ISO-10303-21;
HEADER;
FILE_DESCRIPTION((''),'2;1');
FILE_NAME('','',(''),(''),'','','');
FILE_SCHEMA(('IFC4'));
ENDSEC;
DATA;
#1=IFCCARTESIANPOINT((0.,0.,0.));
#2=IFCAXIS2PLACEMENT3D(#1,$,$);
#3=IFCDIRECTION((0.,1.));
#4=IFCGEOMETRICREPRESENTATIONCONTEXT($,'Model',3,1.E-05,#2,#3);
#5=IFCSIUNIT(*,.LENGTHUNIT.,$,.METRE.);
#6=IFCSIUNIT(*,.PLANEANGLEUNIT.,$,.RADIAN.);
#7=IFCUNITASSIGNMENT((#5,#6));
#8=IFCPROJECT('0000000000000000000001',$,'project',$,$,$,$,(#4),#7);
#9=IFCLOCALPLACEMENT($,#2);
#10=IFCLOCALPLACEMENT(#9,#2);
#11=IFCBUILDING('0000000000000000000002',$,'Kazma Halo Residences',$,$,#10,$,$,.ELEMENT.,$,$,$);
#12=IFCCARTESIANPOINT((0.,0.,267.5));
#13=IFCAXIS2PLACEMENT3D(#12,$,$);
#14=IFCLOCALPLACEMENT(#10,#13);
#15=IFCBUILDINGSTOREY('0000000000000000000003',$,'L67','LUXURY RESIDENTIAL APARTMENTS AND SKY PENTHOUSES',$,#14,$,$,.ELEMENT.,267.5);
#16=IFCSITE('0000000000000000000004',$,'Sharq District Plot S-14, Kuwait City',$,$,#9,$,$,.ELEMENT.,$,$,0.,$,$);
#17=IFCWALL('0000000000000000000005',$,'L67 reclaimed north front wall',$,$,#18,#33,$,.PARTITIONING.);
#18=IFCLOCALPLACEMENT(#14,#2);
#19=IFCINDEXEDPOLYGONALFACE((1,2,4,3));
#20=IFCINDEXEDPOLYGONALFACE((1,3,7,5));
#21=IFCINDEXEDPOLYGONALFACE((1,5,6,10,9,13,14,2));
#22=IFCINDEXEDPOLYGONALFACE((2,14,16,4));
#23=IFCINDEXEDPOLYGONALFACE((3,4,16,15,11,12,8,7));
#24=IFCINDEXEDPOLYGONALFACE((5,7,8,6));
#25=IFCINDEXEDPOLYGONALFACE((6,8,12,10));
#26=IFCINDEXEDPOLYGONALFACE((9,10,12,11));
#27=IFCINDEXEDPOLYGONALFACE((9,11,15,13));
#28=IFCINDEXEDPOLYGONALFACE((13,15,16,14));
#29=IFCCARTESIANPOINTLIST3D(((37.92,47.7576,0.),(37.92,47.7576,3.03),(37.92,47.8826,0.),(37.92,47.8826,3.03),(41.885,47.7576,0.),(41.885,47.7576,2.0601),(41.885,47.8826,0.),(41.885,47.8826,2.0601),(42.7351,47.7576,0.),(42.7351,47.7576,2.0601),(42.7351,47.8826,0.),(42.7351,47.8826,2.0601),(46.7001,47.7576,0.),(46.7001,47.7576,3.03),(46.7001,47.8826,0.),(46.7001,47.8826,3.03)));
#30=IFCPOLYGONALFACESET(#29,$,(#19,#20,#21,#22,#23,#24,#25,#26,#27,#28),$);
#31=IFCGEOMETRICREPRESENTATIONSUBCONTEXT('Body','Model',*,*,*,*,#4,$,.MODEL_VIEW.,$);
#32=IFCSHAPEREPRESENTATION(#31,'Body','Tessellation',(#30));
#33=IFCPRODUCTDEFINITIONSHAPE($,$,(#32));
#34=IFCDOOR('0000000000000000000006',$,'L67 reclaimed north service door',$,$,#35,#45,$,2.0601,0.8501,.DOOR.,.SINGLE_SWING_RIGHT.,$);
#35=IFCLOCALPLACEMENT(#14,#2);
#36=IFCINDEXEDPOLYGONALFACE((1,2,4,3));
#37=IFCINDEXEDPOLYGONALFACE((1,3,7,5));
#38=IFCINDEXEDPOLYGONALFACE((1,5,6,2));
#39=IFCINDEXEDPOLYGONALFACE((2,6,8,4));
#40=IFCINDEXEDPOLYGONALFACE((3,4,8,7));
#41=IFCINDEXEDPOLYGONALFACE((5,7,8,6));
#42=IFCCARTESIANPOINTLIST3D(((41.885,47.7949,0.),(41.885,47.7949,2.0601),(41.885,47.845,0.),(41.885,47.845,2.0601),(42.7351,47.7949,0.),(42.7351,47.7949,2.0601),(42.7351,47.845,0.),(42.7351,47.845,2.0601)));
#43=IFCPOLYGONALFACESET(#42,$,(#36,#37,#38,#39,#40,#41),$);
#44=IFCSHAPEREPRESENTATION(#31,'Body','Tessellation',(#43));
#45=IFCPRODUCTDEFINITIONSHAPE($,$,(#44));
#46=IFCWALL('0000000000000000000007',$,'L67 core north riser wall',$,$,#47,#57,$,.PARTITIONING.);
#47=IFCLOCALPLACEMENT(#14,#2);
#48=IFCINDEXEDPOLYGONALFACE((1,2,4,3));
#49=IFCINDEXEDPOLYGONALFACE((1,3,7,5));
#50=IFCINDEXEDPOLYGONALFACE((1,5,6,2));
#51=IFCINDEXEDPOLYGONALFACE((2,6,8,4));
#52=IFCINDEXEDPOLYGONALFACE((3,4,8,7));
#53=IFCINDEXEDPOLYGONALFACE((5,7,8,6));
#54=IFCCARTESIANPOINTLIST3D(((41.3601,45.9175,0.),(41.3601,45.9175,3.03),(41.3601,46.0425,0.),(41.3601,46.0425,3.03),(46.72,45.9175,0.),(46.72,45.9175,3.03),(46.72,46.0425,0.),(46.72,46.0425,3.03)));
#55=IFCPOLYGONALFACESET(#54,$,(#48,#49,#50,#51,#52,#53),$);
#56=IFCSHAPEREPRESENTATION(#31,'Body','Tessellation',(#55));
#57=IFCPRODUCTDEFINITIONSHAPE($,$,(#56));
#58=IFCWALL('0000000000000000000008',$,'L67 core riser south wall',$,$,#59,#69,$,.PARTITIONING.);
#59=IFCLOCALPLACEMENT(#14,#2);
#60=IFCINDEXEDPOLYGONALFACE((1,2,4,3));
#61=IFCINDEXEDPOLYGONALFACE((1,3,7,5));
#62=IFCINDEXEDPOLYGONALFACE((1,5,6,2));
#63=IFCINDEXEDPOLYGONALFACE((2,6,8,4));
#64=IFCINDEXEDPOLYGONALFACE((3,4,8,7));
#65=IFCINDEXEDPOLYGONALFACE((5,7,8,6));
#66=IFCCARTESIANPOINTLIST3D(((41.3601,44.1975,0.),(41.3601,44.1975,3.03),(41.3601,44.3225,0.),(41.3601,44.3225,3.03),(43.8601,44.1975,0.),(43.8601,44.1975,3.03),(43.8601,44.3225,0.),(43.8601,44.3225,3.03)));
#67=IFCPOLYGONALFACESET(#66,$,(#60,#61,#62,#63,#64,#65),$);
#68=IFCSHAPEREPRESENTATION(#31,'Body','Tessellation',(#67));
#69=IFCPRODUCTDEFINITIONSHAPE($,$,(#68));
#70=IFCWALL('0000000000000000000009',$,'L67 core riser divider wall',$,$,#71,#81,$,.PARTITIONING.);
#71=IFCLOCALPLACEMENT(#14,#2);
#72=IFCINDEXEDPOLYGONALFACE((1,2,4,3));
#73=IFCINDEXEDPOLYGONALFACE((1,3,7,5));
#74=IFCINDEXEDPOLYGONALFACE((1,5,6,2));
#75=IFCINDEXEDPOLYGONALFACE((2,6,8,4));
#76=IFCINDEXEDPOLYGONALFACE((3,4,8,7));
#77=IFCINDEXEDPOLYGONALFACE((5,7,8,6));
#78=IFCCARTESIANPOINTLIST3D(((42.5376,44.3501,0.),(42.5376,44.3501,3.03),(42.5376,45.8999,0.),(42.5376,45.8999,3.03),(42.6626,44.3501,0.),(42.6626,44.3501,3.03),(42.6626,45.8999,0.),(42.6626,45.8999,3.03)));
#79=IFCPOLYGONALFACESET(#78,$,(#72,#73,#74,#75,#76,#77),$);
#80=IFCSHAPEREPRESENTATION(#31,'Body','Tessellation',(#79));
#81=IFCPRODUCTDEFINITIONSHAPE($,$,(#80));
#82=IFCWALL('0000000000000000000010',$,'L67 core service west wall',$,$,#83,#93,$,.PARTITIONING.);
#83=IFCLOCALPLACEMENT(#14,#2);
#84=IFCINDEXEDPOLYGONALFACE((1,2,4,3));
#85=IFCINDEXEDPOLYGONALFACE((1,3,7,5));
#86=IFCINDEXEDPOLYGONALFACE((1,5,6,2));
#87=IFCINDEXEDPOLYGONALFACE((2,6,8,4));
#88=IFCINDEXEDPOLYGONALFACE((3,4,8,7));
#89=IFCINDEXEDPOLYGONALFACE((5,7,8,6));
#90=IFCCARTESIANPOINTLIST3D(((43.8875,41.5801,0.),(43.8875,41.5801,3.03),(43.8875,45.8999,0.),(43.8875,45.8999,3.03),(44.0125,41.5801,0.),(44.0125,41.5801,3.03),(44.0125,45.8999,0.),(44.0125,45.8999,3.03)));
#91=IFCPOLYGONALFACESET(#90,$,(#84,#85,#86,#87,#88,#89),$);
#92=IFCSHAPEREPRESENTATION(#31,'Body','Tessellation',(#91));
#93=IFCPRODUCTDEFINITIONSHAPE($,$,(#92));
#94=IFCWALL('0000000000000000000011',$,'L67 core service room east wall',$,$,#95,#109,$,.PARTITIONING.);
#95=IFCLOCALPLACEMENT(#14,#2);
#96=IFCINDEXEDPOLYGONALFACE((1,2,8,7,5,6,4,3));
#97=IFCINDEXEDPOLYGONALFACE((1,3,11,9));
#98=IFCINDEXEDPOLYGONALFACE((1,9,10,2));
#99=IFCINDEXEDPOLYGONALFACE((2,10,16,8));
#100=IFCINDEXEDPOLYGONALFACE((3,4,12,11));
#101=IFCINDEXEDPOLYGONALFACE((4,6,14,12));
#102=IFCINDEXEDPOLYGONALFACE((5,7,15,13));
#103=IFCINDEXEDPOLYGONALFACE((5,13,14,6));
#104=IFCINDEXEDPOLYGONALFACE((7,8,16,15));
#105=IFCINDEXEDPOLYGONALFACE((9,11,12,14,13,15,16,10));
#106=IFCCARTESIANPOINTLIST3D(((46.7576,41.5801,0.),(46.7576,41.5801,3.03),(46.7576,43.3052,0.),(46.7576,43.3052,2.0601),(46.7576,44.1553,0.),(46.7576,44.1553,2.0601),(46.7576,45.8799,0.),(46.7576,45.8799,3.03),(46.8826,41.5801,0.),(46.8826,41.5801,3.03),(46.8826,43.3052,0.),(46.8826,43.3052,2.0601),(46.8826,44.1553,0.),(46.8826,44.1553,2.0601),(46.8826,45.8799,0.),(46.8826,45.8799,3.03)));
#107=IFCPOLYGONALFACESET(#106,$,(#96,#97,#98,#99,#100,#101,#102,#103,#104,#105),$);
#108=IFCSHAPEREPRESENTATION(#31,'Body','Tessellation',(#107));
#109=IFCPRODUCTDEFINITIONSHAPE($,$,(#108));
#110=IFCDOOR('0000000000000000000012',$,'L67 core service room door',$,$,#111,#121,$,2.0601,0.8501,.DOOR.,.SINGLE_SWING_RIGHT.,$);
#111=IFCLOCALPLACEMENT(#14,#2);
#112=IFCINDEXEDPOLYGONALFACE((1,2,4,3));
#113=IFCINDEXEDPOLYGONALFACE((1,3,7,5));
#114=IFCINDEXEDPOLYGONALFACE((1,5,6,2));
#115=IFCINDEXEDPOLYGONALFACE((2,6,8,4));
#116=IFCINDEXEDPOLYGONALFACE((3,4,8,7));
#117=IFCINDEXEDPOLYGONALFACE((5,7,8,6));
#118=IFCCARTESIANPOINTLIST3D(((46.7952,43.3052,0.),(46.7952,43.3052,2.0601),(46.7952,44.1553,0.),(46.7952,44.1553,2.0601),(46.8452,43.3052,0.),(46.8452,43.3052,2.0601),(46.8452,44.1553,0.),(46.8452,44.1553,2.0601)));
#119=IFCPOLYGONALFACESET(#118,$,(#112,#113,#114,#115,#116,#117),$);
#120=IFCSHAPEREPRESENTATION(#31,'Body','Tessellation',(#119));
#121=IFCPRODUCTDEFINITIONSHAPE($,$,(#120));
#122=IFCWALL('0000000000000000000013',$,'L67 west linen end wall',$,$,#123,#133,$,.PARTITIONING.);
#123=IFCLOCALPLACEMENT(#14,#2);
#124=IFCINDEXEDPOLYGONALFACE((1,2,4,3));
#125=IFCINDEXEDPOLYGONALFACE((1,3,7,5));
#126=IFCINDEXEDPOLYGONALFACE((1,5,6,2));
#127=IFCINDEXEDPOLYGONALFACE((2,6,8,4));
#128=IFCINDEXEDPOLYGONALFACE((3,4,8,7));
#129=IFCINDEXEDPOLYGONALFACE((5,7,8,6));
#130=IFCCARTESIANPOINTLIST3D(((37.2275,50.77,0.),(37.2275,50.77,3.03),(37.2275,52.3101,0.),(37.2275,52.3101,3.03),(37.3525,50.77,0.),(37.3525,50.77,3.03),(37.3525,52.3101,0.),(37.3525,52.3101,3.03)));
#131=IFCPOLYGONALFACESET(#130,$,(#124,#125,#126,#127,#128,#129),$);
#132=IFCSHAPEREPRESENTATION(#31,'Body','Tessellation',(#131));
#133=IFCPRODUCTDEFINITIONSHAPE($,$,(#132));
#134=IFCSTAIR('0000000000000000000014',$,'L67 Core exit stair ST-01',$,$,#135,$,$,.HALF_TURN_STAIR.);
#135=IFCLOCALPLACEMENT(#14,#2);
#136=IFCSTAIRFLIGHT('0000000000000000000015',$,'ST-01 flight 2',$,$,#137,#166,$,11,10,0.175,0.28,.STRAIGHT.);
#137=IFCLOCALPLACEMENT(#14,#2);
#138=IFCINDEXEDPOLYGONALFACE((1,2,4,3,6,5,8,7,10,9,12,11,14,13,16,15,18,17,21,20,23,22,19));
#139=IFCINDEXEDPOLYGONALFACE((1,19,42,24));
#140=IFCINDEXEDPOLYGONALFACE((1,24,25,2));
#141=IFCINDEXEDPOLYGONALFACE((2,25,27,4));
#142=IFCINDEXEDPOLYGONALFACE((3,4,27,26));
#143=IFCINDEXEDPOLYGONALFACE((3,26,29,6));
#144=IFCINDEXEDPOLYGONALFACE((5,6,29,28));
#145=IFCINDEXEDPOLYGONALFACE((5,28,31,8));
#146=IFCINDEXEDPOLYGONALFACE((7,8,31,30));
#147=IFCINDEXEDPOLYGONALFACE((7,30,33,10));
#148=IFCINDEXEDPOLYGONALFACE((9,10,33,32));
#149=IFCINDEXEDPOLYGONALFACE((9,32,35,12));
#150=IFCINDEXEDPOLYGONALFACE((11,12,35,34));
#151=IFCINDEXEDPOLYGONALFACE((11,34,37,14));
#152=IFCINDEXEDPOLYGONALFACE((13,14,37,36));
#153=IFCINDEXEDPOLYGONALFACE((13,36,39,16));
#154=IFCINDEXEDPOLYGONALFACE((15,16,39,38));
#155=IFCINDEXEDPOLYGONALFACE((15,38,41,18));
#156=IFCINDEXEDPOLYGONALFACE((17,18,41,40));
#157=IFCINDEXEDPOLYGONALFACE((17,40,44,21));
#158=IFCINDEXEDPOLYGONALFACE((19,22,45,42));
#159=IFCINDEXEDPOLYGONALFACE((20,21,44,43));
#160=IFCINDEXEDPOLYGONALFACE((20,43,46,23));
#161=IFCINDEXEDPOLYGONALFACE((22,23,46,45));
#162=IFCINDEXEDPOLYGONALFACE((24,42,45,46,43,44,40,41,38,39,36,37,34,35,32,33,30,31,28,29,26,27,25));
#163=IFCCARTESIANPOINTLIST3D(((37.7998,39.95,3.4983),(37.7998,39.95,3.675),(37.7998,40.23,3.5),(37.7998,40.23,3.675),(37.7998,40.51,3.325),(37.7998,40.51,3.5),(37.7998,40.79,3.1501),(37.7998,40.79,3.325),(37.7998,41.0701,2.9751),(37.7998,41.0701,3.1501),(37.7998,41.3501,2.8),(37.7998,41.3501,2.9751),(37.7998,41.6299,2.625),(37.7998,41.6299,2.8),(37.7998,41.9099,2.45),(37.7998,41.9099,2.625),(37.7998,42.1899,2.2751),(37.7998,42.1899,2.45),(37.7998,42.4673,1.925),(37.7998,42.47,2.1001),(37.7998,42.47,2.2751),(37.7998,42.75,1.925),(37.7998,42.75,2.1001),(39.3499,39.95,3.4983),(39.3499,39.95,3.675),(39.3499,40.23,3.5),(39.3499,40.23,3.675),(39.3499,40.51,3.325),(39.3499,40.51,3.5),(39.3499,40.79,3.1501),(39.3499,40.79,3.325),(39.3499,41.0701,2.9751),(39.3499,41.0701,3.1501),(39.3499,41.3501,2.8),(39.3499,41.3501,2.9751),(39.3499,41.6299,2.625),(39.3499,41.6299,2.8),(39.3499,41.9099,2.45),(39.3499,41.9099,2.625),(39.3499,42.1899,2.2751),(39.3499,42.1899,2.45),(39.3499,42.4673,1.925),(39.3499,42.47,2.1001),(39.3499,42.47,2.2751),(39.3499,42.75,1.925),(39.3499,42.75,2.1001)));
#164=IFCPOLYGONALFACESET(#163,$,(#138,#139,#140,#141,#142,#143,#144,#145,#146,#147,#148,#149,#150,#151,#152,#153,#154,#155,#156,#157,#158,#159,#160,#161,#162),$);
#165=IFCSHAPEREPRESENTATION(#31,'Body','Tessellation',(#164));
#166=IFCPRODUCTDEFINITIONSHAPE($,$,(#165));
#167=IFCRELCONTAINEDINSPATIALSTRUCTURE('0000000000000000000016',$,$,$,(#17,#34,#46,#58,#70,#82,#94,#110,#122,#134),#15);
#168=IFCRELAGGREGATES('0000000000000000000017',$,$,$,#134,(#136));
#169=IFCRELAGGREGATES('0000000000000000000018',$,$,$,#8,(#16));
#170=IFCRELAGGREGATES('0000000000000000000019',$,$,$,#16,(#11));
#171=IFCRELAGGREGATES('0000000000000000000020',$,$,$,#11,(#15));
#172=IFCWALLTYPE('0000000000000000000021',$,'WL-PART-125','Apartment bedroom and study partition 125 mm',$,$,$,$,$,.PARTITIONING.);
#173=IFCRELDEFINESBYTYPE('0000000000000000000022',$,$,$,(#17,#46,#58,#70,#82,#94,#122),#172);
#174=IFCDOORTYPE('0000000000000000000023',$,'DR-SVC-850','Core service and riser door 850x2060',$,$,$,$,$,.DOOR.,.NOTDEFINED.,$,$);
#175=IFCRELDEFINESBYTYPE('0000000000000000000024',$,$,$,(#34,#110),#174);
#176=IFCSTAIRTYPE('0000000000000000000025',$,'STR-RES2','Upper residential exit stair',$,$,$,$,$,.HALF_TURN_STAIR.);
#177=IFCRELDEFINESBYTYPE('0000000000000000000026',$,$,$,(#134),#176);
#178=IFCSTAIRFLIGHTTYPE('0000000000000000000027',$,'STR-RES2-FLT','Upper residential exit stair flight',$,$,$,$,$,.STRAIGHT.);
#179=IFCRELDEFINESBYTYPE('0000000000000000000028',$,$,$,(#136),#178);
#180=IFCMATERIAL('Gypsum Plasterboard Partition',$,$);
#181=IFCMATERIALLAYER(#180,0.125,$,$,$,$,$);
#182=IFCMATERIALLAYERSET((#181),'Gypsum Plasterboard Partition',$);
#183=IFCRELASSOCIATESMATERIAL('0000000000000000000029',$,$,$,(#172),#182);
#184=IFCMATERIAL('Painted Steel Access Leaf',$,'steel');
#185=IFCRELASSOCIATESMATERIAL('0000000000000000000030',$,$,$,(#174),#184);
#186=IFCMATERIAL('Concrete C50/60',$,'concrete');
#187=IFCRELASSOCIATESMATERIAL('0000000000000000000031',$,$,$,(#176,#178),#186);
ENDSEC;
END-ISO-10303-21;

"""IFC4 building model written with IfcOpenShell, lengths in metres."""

from ifc_helpers import new_model, si_unit, direction, frame, frame_2d, origin, place, context, subcontext, project, spatial, polyline, rectangle, outline, extrude, material, layer, layer_set, type_object, element, fill, aggregate, save


model = new_model("IFC4")

# Units and contexts
model_context = context("Model", 3, precision=1e-05, world=origin(), true_north=direction((0.0, 1.0)))
body_context = subcontext(model_context, "Body", "Model", "MODEL_VIEW")
ifc_project = project(units=[si_unit("LENGTHUNIT", "METRE"), si_unit("PLANEANGLEUNIT", "RADIAN")], contexts=[model_context])

# Site, building, storey
site_placement = place(None, origin())
site = spatial("IfcSite", under=ifc_project, at=site_placement, Name="Sharq District Plot S-14, Kuwait City", CompositionType="ELEMENT", RefElevation=0.0)
building_placement = place(site_placement, origin())
building = spatial("IfcBuilding", under=site, at=building_placement, Name="Kazma Halo Residences", CompositionType="ELEMENT")
storey_placement = place(building_placement, frame((0.0, 0.0, 267.5)))
storey = spatial("IfcBuildingStorey", under=building, at=storey_placement, Name="L67", Description="LUXURY RESIDENTIAL APARTMENTS AND SKY PENTHOUSES", CompositionType="ELEMENT", Elevation=267.5)

# Shared definitions
ifc_material_1 = material(Name="Gypsum Plasterboard Partition")
ifc_layer_1 = layer(ifc_material_1, 0.125)
ifc_layer_set_1 = layer_set([ifc_layer_1], Name="Gypsum Plasterboard Partition")
wall_type_1 = type_object("IfcWallType", Name="WL-PART-125", Description="Apartment bedroom and study partition 125 mm", PredefinedType="PARTITIONING", material=ifc_layer_set_1)

# Wall, opening, door
wall_1_placement = place(storey_placement, frame((37.9199, 47.8201, 0.0), z_axis=(0.0, 0.0, 1.0), x_axis=(1.0, 0.0, 0.0)))
wall_1 = element("IfcWall", 1, at=wall_1_placement, inside=storey, type_object=wall_type_1, Name="L67 reclaimed north front wall", PredefinedType="PARTITIONING", context=body_context, shape_type="SweptSolid", body=[
    extrude(rectangle(XDim=8.78, YDim=0.125, at=frame_2d((4.3901, 0.0))), origin(), (0.0, 0.0, 1.0), 3.03),
])
opening_1_placement = place(wall_1_placement, frame((3.9651, 0.0, 0.0)))
opening_1 = element("IfcOpeningElement", 2, at=opening_1_placement, cuts=wall_1, PredefinedType="OPENING", context=body_context, shape_type="SweptSolid", body=[
    extrude(rectangle(XDim=0.8501, YDim=2.0601, at=frame_2d((0.425, 1.03))), frame((0.0, 0.0725, 0.0), z_axis=(0.0, -1.0, 0.0), x_axis=(1.0, 0.0, 0.0)), (0.0, 0.0, 1.0), 0.145),
])
ifc_material_2 = material(Name="Painted Steel Access Leaf", Category="steel")
door_type_1 = type_object("IfcDoorType", Name="DR-SVC-850", Description="Core service and riser door 850x2060", OperationType="NOTDEFINED", PredefinedType="DOOR", material=ifc_material_2)
door_1_placement = place(opening_1_placement, origin())
door_1 = element("IfcDoor", 3, at=door_1_placement, inside=storey, type_object=door_type_1, Name="L67 reclaimed north service door", OperationType="SINGLE_SWING_RIGHT", OverallHeight=2.0601, OverallWidth=0.8501, PredefinedType="DOOR", context=body_context, shape_type="SweptSolid", body=[
    extrude(rectangle(XDim=0.8501, YDim=2.0601, at=frame_2d((0.425, 1.03))), frame((0.0, 0.0249, 0.0), z_axis=(0.0, -1.0, 0.0), x_axis=(1.0, 0.0, 0.0)), (0.0, 0.0, 1.0), 0.05),
])
fill(opening_1, door_1)

# Walls
wall_2_placement = place(storey_placement, frame((41.3601, 45.98, 0.0), z_axis=(0.0, 0.0, 1.0), x_axis=(1.0, 0.0, 0.0)))
element("IfcWall", 4, at=wall_2_placement, inside=storey, type_object=wall_type_1, Name="L67 core north riser wall", PredefinedType="PARTITIONING", context=body_context, shape_type="SweptSolid", body=[
    extrude(rectangle(XDim=5.3599, YDim=0.125, at=frame_2d((2.6799, 0.0))), origin(), (0.0, 0.0, 1.0), 3.03),
])
wall_3_placement = place(storey_placement, frame((41.3601, 44.26, 0.0), z_axis=(0.0, 0.0, 1.0), x_axis=(1.0, 0.0, 0.0)))
element("IfcWall", 5, at=wall_3_placement, inside=storey, type_object=wall_type_1, Name="L67 core riser south wall", PredefinedType="PARTITIONING", context=body_context, shape_type="SweptSolid", body=[
    extrude(rectangle(XDim=2.5, YDim=0.125, at=frame_2d((1.25, 0.0))), origin(), (0.0, 0.0, 1.0), 3.03),
])
wall_4_placement = place(storey_placement, frame((42.6001, 44.3501, 0.0), z_axis=(0.0, 0.0, 1.0), x_axis=(0.0, 1.0, 0.0)))
element("IfcWall", 6, at=wall_4_placement, inside=storey, type_object=wall_type_1, Name="L67 core riser divider wall", PredefinedType="PARTITIONING", context=body_context, shape_type="SweptSolid", body=[
    extrude(rectangle(XDim=1.5498, YDim=0.125, at=frame_2d((0.7749, 0.0))), origin(), (0.0, 0.0, 1.0), 3.03),
])
wall_5_placement = place(storey_placement, frame((43.95, 41.5801, 0.0), z_axis=(0.0, 0.0, 1.0), x_axis=(0.0, 1.0, 0.0)))
element("IfcWall", 7, at=wall_5_placement, inside=storey, type_object=wall_type_1, Name="L67 core service west wall", PredefinedType="PARTITIONING", context=body_context, shape_type="SweptSolid", body=[
    extrude(rectangle(XDim=4.3198, YDim=0.125, at=frame_2d((2.1599, 0.0))), origin(), (0.0, 0.0, 1.0), 3.03),
])

# Wall, opening, door
wall_6_placement = place(storey_placement, frame((46.8201, 41.5801, 0.0), z_axis=(0.0, 0.0, 1.0), x_axis=(0.0, 1.0, 0.0)))
wall_6 = element("IfcWall", 8, at=wall_6_placement, inside=storey, type_object=wall_type_1, Name="L67 core service room east wall", PredefinedType="PARTITIONING", context=body_context, shape_type="SweptSolid", body=[
    extrude(rectangle(XDim=4.2998, YDim=0.125, at=frame_2d((2.1499, 0.0))), origin(), (0.0, 0.0, 1.0), 3.03),
])
opening_2_placement = place(wall_6_placement, frame((1.7251, 0.0, 0.0)))
opening_2 = element("IfcOpeningElement", 9, at=opening_2_placement, cuts=wall_6, PredefinedType="OPENING", context=body_context, shape_type="SweptSolid", body=[
    extrude(rectangle(XDim=0.8501, YDim=2.0601, at=frame_2d((0.425, 1.03))), frame((0.0, 0.0725, 0.0), z_axis=(0.0, -1.0, 0.0), x_axis=(1.0, 0.0, 0.0)), (0.0, 0.0, 1.0), 0.145),
])
door_2_placement = place(opening_2_placement, origin())
door_2 = element("IfcDoor", 10, at=door_2_placement, inside=storey, type_object=door_type_1, Name="L67 core service room door", OperationType="SINGLE_SWING_RIGHT", OverallHeight=2.0601, OverallWidth=0.8501, PredefinedType="DOOR", context=body_context, shape_type="SweptSolid", body=[
    extrude(rectangle(XDim=0.8501, YDim=2.0601, at=frame_2d((0.425, 1.03))), frame((0.0, 0.0249, 0.0), z_axis=(0.0, -1.0, 0.0), x_axis=(1.0, 0.0, 0.0)), (0.0, 0.0, 1.0), 0.05),
])
fill(opening_2, door_2)

# Wall
wall_7_placement = place(storey_placement, frame((37.29, 50.77, 0.0), z_axis=(0.0, 0.0, 1.0), x_axis=(0.0, 1.0, 0.0)))
element("IfcWall", 11, at=wall_7_placement, inside=storey, type_object=wall_type_1, Name="L67 west linen end wall", PredefinedType="PARTITIONING", context=body_context, shape_type="SweptSolid", body=[
    extrude(rectangle(XDim=1.54, YDim=0.125, at=frame_2d((0.77, 0.0))), origin(), (0.0, 0.0, 1.0), 3.03),
])

# Stair, stair flight
ifc_material_3 = material(Name="Concrete C50/60", Category="concrete")
stair_type = type_object("IfcStairType", Name="STR-RES2", Description="Upper residential exit stair", PredefinedType="HALF_TURN_STAIR", material=ifc_material_3)
stair_placement = place(storey_placement, origin())
stair = element("IfcStair", 12, at=stair_placement, inside=storey, type_object=stair_type, Name="L67 Core exit stair ST-01", PredefinedType="HALF_TURN_STAIR")
stair_flight_type = type_object("IfcStairFlightType", Name="STR-RES2-FLT", Description="Upper residential exit stair flight", PredefinedType="STRAIGHT", material=ifc_material_3)
stair_flight_placement = place(storey_placement, frame((38.575, 42.75, 1.925), z_axis=(0.0, 0.0, 1.0), x_axis=(0.0, -1.0, 0.0)))
stair_flight = element("IfcStairFlight", 13, at=stair_flight_placement, type_object=stair_flight_type, Name="ST-01 flight 2", NumberOfRisers=11, NumberOfTreads=10, PredefinedType="STRAIGHT", RiserHeight=0.175, TreadLength=0.28, context=body_context, shape_type="SweptSolid", body=[
    extrude(outline(polyline([(0.0, 0.0), (0.0, 0.175), (0.28, 0.175), (0.28, 0.3501), (0.5601, 0.3501), (0.5601, 0.5249), (0.8401, 0.5249), (0.8401, 0.7), (1.1201, 0.7), (1.1201, 0.875), (1.3999, 0.875), (1.3999, 1.05), (1.6799, 1.05), (1.6799, 1.2251), (1.96, 1.2251), (1.96, 1.3999), (2.24, 1.3999), (2.24, 1.575), (2.52, 1.575), (2.52, 1.75), (2.8, 1.75), (2.8, 1.925), (2.8, 1.5732), (0.2827, 0.0), (0.0, 0.0)])), frame((0.0, 0.7749, 0.0), z_axis=(0.0, -1.0, 0.0), x_axis=(1.0, 0.0, 0.0)), (0.0, 0.0, 1.0), 1.55),
])
aggregate(stair, [stair_flight])

save(model, "model.ifc")
